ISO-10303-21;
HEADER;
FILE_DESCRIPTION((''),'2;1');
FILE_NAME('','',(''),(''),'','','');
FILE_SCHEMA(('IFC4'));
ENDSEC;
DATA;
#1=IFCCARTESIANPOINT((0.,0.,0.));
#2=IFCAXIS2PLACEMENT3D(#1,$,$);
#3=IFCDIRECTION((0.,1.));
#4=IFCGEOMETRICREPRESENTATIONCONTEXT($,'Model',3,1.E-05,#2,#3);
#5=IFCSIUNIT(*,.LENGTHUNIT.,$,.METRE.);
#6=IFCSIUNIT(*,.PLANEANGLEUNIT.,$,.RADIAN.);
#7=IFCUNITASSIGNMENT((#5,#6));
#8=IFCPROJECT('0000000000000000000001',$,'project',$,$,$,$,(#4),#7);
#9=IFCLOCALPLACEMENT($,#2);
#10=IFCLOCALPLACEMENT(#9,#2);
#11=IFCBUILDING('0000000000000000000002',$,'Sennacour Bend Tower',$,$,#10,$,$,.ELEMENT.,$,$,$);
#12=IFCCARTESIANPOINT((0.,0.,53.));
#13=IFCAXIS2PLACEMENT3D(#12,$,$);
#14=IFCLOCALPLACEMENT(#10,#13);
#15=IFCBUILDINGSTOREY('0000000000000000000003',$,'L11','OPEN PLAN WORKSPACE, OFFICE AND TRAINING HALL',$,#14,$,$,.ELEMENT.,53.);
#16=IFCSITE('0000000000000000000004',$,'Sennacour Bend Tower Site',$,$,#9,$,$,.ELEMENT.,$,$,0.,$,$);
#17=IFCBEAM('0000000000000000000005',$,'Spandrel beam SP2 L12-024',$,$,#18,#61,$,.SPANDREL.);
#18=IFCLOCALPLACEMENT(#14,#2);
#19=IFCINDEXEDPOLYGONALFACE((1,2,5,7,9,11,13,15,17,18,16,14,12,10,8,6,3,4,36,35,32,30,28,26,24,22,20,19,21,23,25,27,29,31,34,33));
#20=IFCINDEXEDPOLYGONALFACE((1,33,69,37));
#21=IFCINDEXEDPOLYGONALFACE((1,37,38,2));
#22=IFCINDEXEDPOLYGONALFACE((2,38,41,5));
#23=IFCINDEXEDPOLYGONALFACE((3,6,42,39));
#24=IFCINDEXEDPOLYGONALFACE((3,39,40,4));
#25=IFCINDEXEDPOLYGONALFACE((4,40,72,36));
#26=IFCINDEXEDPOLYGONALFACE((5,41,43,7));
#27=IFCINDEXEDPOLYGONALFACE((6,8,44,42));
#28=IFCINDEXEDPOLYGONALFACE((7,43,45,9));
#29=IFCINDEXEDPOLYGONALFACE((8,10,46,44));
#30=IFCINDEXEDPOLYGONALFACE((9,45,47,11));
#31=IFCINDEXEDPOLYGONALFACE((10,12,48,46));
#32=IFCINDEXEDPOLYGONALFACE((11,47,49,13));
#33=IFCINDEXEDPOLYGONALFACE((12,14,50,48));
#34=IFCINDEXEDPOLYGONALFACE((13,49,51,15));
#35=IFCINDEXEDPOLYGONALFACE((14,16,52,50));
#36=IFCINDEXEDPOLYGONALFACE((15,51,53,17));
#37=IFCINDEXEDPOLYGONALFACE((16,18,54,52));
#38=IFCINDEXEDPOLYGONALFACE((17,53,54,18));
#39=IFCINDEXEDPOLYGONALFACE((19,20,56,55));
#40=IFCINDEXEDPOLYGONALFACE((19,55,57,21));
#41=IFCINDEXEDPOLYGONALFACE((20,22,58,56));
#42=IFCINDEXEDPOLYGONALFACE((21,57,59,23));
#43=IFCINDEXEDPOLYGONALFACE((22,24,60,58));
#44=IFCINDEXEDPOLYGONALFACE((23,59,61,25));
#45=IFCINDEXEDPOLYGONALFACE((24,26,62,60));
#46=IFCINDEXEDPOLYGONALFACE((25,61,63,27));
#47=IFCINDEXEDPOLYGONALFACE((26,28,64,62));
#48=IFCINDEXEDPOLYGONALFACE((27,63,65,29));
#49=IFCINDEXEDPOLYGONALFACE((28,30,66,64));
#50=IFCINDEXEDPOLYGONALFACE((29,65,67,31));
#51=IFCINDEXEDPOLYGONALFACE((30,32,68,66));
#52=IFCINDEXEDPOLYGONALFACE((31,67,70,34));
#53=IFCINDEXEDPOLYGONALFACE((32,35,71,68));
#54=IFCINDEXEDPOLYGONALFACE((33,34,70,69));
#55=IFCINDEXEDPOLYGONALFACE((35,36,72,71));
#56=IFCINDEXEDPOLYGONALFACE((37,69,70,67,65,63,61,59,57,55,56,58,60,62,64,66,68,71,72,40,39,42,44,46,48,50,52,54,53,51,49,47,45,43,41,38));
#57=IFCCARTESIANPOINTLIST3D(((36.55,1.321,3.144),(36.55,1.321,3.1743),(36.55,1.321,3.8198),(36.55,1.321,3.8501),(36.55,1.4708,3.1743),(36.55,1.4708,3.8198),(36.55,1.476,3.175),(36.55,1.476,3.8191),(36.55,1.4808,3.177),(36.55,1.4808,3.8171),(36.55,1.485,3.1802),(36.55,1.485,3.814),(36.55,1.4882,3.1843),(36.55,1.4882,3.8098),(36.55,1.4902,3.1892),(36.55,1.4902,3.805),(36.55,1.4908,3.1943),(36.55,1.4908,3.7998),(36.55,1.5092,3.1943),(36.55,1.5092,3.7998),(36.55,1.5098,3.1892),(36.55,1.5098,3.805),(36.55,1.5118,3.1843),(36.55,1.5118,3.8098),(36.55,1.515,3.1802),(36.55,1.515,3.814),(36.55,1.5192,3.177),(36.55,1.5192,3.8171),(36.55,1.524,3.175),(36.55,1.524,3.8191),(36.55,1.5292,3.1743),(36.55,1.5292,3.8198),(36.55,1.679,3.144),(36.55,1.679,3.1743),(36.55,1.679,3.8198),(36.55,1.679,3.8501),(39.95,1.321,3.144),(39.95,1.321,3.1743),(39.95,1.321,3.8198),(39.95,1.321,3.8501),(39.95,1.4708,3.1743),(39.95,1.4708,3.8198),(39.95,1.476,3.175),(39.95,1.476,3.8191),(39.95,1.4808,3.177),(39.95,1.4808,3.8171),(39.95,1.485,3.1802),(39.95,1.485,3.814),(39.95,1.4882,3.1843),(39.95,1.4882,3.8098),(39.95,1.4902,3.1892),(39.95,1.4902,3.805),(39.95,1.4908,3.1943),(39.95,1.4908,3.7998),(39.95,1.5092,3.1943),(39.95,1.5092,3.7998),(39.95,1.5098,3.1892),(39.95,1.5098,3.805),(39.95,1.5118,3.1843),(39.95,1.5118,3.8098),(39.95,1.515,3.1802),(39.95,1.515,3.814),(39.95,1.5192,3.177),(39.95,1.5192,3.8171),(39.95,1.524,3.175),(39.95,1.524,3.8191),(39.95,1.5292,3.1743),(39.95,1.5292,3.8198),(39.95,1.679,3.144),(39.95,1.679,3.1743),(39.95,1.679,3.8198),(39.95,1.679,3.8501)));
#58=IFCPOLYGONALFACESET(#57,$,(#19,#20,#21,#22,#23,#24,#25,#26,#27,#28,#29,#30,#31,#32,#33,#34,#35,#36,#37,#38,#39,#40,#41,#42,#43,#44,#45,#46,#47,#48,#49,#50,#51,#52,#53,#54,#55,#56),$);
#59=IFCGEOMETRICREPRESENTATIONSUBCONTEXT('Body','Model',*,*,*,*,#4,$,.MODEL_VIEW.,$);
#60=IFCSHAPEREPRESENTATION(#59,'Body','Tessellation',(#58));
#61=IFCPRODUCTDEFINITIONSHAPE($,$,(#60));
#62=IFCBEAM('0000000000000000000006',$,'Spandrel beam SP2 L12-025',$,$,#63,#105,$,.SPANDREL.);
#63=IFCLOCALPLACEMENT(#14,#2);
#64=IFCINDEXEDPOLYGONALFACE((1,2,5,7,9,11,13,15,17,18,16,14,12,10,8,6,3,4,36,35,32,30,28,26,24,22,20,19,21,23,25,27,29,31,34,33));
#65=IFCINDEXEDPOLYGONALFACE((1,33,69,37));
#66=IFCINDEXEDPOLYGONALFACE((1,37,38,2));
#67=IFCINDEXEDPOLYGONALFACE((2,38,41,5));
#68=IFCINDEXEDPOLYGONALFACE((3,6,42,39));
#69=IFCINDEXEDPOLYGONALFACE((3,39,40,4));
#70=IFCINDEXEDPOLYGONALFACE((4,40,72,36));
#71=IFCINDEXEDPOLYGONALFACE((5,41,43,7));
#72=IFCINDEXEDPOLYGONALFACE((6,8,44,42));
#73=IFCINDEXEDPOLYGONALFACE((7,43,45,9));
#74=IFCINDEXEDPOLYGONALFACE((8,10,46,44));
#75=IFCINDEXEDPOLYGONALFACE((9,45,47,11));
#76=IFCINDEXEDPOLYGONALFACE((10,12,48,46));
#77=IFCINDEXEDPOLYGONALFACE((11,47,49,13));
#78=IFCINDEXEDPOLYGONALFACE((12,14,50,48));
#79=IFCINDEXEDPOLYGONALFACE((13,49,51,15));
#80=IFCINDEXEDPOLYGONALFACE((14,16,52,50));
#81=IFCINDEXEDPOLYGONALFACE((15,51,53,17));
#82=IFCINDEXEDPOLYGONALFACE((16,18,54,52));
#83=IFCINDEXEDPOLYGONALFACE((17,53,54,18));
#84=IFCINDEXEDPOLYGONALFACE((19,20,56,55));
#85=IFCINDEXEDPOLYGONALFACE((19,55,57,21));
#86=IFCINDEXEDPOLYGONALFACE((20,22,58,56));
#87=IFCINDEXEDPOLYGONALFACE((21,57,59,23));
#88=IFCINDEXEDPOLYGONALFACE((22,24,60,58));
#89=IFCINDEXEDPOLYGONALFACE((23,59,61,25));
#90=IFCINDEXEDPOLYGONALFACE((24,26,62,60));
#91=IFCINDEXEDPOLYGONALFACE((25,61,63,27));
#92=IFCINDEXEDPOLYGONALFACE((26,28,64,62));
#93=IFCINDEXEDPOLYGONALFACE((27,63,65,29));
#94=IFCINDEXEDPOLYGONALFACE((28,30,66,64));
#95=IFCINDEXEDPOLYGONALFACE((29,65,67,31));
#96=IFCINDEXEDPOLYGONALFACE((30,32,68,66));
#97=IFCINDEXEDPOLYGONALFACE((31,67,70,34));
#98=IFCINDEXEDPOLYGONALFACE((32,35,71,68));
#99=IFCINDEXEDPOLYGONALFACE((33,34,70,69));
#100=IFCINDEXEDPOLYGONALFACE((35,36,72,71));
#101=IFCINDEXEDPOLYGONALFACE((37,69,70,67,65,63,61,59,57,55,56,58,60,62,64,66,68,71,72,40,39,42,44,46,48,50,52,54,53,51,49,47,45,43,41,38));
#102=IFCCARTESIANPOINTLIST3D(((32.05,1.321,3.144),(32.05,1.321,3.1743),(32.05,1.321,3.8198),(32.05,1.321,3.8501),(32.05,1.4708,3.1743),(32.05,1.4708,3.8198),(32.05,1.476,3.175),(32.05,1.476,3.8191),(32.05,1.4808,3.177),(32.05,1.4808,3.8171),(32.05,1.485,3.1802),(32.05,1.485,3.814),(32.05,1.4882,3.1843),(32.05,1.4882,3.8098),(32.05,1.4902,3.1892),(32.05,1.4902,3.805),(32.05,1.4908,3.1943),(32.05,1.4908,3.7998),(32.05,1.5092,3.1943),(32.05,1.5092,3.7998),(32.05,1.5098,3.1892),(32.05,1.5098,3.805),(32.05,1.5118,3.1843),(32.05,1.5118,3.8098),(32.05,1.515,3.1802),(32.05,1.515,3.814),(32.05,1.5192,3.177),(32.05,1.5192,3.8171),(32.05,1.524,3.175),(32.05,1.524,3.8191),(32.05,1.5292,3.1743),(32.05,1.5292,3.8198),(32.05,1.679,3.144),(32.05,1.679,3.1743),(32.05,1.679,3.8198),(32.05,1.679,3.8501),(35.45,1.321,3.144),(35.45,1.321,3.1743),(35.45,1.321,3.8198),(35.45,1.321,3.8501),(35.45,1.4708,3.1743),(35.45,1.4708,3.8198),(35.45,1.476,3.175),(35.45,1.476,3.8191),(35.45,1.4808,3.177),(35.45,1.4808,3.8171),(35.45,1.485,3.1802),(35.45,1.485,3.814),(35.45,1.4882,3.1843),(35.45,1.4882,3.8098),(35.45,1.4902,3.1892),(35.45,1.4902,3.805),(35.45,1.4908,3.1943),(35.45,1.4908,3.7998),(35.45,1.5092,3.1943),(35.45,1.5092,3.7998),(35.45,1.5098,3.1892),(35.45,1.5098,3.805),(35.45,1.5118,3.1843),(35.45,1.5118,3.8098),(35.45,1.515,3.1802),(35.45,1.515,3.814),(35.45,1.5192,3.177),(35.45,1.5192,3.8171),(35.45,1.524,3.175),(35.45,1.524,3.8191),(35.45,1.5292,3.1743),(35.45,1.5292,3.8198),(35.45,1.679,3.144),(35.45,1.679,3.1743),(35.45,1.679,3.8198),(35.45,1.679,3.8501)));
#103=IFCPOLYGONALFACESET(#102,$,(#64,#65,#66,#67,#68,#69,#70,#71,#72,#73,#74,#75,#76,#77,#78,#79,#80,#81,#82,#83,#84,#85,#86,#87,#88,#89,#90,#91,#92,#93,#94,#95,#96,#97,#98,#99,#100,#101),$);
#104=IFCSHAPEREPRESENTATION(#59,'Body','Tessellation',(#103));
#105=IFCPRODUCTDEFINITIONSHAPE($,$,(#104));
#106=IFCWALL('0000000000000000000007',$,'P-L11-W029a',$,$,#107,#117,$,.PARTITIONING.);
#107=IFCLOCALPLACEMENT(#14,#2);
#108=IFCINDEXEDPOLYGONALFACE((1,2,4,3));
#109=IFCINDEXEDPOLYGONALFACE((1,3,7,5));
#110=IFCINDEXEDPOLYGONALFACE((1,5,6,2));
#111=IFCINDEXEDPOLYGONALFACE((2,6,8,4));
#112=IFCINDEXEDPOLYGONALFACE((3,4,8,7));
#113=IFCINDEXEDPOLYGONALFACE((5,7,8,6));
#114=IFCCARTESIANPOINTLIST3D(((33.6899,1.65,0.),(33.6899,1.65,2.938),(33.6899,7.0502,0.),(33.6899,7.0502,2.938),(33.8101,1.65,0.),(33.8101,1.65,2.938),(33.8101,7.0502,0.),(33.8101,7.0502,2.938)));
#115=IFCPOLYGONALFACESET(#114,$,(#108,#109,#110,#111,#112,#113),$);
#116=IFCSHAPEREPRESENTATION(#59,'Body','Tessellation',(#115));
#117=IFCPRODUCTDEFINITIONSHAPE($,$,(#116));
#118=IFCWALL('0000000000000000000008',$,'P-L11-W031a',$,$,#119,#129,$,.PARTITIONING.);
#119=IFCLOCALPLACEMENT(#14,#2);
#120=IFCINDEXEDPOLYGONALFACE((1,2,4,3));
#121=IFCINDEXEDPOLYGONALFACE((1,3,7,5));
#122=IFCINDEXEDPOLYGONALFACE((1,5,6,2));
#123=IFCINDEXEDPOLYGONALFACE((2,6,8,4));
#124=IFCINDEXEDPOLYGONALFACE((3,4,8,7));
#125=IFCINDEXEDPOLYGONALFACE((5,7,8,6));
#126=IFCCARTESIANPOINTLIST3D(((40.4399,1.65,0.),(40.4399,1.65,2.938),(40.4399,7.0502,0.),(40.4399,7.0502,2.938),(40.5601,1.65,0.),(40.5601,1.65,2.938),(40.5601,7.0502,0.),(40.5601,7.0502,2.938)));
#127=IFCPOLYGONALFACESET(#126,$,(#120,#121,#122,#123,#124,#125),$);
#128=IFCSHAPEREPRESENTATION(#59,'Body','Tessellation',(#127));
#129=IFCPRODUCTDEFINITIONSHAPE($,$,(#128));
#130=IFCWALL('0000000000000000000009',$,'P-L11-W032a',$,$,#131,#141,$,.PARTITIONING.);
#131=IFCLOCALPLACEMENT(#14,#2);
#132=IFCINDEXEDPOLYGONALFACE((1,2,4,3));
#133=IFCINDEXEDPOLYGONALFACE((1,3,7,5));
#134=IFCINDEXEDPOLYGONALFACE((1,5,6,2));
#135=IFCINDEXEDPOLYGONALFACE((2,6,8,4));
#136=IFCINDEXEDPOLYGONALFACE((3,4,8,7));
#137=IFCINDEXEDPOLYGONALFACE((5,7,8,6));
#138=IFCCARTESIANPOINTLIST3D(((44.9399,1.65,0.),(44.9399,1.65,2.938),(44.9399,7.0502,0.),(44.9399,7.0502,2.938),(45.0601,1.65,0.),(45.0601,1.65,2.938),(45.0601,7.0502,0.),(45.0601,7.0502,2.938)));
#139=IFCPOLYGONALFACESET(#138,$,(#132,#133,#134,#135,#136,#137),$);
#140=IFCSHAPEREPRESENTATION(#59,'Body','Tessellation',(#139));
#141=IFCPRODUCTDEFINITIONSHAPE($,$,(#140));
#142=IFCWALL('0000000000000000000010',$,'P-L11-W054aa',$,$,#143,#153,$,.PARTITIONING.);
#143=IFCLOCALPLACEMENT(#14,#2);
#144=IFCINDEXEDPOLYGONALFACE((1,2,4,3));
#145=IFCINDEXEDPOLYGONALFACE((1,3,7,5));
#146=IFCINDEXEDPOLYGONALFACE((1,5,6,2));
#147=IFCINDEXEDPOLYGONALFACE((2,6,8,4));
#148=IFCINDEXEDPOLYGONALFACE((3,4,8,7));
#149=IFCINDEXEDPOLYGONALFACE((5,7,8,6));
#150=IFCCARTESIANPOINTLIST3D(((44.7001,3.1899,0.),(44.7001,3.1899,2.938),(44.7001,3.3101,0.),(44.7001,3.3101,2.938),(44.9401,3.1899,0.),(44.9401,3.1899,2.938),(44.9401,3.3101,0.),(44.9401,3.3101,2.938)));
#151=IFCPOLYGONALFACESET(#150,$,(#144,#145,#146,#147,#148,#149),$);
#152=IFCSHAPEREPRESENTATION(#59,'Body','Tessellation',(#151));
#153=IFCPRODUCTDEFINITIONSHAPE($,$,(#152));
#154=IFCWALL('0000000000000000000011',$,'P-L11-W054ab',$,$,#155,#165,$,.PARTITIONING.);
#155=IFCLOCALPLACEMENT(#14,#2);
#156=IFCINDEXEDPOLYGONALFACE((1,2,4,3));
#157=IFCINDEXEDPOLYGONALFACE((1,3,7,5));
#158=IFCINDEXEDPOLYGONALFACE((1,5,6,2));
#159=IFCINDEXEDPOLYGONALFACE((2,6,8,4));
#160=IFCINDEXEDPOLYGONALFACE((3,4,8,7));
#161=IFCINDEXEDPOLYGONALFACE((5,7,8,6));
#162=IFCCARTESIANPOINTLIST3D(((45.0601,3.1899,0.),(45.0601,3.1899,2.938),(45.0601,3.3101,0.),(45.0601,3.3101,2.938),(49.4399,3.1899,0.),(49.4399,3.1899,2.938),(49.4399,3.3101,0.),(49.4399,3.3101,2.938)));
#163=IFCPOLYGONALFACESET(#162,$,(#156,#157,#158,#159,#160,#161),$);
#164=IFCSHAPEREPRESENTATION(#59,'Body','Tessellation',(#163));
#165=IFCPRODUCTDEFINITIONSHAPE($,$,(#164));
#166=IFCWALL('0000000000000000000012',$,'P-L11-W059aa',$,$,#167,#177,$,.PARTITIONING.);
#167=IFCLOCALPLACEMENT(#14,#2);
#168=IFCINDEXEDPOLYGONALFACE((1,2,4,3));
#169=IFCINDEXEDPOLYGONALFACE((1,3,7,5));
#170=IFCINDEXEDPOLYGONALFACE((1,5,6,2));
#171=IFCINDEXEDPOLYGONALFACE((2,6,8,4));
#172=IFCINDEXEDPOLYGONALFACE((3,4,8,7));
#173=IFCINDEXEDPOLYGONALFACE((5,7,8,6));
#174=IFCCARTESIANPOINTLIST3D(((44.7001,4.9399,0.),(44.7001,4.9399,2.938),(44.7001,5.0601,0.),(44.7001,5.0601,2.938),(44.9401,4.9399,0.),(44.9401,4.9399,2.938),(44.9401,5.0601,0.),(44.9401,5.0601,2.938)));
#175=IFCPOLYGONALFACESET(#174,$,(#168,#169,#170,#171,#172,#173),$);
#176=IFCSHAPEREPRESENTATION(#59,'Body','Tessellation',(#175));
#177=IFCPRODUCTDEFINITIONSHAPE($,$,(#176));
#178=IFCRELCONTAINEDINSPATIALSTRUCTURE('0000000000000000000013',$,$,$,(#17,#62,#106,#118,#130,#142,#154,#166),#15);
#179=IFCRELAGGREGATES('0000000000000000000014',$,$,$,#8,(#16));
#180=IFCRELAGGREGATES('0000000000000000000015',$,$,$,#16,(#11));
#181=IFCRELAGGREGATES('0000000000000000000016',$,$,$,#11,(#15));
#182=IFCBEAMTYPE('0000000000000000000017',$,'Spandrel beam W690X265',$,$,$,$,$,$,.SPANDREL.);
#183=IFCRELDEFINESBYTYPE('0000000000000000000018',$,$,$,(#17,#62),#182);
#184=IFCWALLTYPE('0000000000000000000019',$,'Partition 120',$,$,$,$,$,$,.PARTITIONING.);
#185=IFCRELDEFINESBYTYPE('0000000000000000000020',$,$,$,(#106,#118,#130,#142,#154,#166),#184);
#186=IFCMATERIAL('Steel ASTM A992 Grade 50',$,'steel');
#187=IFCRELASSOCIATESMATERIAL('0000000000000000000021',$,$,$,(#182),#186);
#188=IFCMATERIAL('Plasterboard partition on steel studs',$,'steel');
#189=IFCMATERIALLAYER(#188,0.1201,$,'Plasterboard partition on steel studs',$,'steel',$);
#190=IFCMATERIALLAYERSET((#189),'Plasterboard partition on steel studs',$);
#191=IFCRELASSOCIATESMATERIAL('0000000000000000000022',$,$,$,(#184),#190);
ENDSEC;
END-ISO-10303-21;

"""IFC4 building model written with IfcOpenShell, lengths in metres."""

from ifc_helpers import new_model, si_unit, direction, frame, frame_2d, origin, origin_2d, place, context, subcontext, project, spatial, rectangle, i_section, extrude, material, layer, layer_set, material_profile, profile_set, type_object, element, save


model = new_model("IFC4")

# Units and contexts
model_context = context("Model", 3, precision=1e-05, world=origin(), true_north=direction((0.0, 1.0)))
body_context = subcontext(model_context, "Body", "Model", "MODEL_VIEW")
ifc_project = project(units=[si_unit("LENGTHUNIT", "METRE"), si_unit("PLANEANGLEUNIT", "RADIAN")], contexts=[model_context])

# Site, building, storey
site_placement = place(None, origin())
site = spatial("IfcSite", under=ifc_project, at=site_placement, Name="Sennacour Bend Tower Site", CompositionType="ELEMENT", RefElevation=0.0)
building_placement = place(site_placement, origin())
building = spatial("IfcBuilding", under=site, at=building_placement, Name="Sennacour Bend Tower", CompositionType="ELEMENT")
storey_placement = place(building_placement, frame((0.0, 0.0, 53.0)))
storey = spatial("IfcBuildingStorey", under=building, at=storey_placement, Name="L11", Description="OPEN PLAN WORKSPACE, OFFICE AND TRAINING HALL", CompositionType="ELEMENT", Elevation=53.0)

# Beams
ifc_material_1 = material(Name="Steel ASTM A992 Grade 50", Category="steel")
ifc_material_profile_1 = material_profile(ifc_material_1, i_section(OverallWidth=0.3579, OverallDepth=0.7061, WebThickness=0.0183, FlangeThickness=0.0303, FilletRadius=0.02, at=origin_2d()), Name="Steel ASTM A992 Grade 50", Category="steel")
ifc_profile_set_1 = profile_set([ifc_material_profile_1], Name="Steel ASTM A992 Grade 50")
beam_type_1 = type_object("IfcBeamType", Name="Spandrel beam W690X265", PredefinedType="SPANDREL", material=ifc_profile_set_1)
for number, where, z_axis, x_axis, name in (
    (1, (39.95, 1.5, 3.4971), (-1.0, 0.0, 0.0), (0.0, -1.0, 0.0), "Spandrel beam SP2 L12-024"),
    (2, (35.45, 1.5, 3.4971), (-1.0, 0.0, 0.0), (0.0, -1.0, 0.0), "Spandrel beam SP2 L12-025"),
):
    element("IfcBeam", number, at=place(storey_placement, frame(where, z_axis=z_axis, x_axis=x_axis)), inside=storey, type_object=beam_type_1, Name=name, PredefinedType="SPANDREL", context=body_context, shape_type="SweptSolid", body=[
        extrude(i_section(OverallWidth=0.3579, OverallDepth=0.7061, WebThickness=0.0183, FlangeThickness=0.0303, FilletRadius=0.02, at=origin_2d()), origin(), (0.0, 0.0, 1.0), 3.3999),
    ])

# Walls
ifc_material_2 = material(Name="Plasterboard partition on steel studs", Category="steel")
ifc_layer_1 = layer(ifc_material_2, 0.1201, Name="Plasterboard partition on steel studs", Category="steel")
ifc_layer_set_1 = layer_set([ifc_layer_1], Name="Plasterboard partition on steel studs")
wall_type_1 = type_object("IfcWallType", Name="Partition 120", PredefinedType="PARTITIONING", material=ifc_layer_set_1)
for number, where, z_axis, x_axis, name in (
    (3, (33.75, 1.6499, 0.0), (0.0, 0.0, 1.0), (0.0, 1.0, 0.0), "P-L11-W029a"),
    (4, (40.5, 1.6499, 0.0), (0.0, 0.0, 1.0), (0.0, 1.0, 0.0), "P-L11-W031a"),
    (5, (45.0, 1.6499, 0.0), (0.0, 0.0, 1.0), (0.0, 1.0, 0.0), "P-L11-W032a"),
):
    element("IfcWall", number, at=place(storey_placement, frame(where, z_axis=z_axis, x_axis=x_axis)), inside=storey, type_object=wall_type_1, Name=name, PredefinedType="PARTITIONING", context=body_context, shape_type="SweptSolid", body=[
        extrude(rectangle(XDim=5.4001, YDim=0.1201, at=frame_2d((2.7002, 0.0))), origin(), (0.0, 0.0, 1.0), 2.938),
    ])
wall_1_placement = place(storey_placement, frame((44.7, 3.25, 0.0), z_axis=(0.0, 0.0, 1.0), x_axis=(1.0, 0.0, 0.0)))
element("IfcWall", 6, at=wall_1_placement, inside=storey, type_object=wall_type_1, Name="P-L11-W054aa", PredefinedType="PARTITIONING", context=body_context, shape_type="SweptSolid", body=[
    extrude(rectangle(XDim=0.24, YDim=0.1201, at=frame_2d((0.1201, 0.0))), origin(), (0.0, 0.0, 1.0), 2.938),
])
wall_2_placement = place(storey_placement, frame((45.0601, 3.25, 0.0), z_axis=(0.0, 0.0, 1.0), x_axis=(1.0, 0.0, 0.0)))
element("IfcWall", 7, at=wall_2_placement, inside=storey, type_object=wall_type_1, Name="P-L11-W054ab", PredefinedType="PARTITIONING", context=body_context, shape_type="SweptSolid", body=[
    extrude(rectangle(XDim=4.3799, YDim=0.1201, at=frame_2d((2.1899, 0.0))), origin(), (0.0, 0.0, 1.0), 2.938),
])
wall_3_placement = place(storey_placement, frame((44.7, 5.0, 0.0), z_axis=(0.0, 0.0, 1.0), x_axis=(1.0, 0.0, 0.0)))
element("IfcWall", 8, at=wall_3_placement, inside=storey, type_object=wall_type_1, Name="P-L11-W059aa", PredefinedType="PARTITIONING", context=body_context, shape_type="SweptSolid", body=[
    extrude(rectangle(XDim=0.24, YDim=0.1201, at=frame_2d((0.1201, 0.0))), origin(), (0.0, 0.0, 1.0), 2.938),
])

save(model, "model.ifc")
